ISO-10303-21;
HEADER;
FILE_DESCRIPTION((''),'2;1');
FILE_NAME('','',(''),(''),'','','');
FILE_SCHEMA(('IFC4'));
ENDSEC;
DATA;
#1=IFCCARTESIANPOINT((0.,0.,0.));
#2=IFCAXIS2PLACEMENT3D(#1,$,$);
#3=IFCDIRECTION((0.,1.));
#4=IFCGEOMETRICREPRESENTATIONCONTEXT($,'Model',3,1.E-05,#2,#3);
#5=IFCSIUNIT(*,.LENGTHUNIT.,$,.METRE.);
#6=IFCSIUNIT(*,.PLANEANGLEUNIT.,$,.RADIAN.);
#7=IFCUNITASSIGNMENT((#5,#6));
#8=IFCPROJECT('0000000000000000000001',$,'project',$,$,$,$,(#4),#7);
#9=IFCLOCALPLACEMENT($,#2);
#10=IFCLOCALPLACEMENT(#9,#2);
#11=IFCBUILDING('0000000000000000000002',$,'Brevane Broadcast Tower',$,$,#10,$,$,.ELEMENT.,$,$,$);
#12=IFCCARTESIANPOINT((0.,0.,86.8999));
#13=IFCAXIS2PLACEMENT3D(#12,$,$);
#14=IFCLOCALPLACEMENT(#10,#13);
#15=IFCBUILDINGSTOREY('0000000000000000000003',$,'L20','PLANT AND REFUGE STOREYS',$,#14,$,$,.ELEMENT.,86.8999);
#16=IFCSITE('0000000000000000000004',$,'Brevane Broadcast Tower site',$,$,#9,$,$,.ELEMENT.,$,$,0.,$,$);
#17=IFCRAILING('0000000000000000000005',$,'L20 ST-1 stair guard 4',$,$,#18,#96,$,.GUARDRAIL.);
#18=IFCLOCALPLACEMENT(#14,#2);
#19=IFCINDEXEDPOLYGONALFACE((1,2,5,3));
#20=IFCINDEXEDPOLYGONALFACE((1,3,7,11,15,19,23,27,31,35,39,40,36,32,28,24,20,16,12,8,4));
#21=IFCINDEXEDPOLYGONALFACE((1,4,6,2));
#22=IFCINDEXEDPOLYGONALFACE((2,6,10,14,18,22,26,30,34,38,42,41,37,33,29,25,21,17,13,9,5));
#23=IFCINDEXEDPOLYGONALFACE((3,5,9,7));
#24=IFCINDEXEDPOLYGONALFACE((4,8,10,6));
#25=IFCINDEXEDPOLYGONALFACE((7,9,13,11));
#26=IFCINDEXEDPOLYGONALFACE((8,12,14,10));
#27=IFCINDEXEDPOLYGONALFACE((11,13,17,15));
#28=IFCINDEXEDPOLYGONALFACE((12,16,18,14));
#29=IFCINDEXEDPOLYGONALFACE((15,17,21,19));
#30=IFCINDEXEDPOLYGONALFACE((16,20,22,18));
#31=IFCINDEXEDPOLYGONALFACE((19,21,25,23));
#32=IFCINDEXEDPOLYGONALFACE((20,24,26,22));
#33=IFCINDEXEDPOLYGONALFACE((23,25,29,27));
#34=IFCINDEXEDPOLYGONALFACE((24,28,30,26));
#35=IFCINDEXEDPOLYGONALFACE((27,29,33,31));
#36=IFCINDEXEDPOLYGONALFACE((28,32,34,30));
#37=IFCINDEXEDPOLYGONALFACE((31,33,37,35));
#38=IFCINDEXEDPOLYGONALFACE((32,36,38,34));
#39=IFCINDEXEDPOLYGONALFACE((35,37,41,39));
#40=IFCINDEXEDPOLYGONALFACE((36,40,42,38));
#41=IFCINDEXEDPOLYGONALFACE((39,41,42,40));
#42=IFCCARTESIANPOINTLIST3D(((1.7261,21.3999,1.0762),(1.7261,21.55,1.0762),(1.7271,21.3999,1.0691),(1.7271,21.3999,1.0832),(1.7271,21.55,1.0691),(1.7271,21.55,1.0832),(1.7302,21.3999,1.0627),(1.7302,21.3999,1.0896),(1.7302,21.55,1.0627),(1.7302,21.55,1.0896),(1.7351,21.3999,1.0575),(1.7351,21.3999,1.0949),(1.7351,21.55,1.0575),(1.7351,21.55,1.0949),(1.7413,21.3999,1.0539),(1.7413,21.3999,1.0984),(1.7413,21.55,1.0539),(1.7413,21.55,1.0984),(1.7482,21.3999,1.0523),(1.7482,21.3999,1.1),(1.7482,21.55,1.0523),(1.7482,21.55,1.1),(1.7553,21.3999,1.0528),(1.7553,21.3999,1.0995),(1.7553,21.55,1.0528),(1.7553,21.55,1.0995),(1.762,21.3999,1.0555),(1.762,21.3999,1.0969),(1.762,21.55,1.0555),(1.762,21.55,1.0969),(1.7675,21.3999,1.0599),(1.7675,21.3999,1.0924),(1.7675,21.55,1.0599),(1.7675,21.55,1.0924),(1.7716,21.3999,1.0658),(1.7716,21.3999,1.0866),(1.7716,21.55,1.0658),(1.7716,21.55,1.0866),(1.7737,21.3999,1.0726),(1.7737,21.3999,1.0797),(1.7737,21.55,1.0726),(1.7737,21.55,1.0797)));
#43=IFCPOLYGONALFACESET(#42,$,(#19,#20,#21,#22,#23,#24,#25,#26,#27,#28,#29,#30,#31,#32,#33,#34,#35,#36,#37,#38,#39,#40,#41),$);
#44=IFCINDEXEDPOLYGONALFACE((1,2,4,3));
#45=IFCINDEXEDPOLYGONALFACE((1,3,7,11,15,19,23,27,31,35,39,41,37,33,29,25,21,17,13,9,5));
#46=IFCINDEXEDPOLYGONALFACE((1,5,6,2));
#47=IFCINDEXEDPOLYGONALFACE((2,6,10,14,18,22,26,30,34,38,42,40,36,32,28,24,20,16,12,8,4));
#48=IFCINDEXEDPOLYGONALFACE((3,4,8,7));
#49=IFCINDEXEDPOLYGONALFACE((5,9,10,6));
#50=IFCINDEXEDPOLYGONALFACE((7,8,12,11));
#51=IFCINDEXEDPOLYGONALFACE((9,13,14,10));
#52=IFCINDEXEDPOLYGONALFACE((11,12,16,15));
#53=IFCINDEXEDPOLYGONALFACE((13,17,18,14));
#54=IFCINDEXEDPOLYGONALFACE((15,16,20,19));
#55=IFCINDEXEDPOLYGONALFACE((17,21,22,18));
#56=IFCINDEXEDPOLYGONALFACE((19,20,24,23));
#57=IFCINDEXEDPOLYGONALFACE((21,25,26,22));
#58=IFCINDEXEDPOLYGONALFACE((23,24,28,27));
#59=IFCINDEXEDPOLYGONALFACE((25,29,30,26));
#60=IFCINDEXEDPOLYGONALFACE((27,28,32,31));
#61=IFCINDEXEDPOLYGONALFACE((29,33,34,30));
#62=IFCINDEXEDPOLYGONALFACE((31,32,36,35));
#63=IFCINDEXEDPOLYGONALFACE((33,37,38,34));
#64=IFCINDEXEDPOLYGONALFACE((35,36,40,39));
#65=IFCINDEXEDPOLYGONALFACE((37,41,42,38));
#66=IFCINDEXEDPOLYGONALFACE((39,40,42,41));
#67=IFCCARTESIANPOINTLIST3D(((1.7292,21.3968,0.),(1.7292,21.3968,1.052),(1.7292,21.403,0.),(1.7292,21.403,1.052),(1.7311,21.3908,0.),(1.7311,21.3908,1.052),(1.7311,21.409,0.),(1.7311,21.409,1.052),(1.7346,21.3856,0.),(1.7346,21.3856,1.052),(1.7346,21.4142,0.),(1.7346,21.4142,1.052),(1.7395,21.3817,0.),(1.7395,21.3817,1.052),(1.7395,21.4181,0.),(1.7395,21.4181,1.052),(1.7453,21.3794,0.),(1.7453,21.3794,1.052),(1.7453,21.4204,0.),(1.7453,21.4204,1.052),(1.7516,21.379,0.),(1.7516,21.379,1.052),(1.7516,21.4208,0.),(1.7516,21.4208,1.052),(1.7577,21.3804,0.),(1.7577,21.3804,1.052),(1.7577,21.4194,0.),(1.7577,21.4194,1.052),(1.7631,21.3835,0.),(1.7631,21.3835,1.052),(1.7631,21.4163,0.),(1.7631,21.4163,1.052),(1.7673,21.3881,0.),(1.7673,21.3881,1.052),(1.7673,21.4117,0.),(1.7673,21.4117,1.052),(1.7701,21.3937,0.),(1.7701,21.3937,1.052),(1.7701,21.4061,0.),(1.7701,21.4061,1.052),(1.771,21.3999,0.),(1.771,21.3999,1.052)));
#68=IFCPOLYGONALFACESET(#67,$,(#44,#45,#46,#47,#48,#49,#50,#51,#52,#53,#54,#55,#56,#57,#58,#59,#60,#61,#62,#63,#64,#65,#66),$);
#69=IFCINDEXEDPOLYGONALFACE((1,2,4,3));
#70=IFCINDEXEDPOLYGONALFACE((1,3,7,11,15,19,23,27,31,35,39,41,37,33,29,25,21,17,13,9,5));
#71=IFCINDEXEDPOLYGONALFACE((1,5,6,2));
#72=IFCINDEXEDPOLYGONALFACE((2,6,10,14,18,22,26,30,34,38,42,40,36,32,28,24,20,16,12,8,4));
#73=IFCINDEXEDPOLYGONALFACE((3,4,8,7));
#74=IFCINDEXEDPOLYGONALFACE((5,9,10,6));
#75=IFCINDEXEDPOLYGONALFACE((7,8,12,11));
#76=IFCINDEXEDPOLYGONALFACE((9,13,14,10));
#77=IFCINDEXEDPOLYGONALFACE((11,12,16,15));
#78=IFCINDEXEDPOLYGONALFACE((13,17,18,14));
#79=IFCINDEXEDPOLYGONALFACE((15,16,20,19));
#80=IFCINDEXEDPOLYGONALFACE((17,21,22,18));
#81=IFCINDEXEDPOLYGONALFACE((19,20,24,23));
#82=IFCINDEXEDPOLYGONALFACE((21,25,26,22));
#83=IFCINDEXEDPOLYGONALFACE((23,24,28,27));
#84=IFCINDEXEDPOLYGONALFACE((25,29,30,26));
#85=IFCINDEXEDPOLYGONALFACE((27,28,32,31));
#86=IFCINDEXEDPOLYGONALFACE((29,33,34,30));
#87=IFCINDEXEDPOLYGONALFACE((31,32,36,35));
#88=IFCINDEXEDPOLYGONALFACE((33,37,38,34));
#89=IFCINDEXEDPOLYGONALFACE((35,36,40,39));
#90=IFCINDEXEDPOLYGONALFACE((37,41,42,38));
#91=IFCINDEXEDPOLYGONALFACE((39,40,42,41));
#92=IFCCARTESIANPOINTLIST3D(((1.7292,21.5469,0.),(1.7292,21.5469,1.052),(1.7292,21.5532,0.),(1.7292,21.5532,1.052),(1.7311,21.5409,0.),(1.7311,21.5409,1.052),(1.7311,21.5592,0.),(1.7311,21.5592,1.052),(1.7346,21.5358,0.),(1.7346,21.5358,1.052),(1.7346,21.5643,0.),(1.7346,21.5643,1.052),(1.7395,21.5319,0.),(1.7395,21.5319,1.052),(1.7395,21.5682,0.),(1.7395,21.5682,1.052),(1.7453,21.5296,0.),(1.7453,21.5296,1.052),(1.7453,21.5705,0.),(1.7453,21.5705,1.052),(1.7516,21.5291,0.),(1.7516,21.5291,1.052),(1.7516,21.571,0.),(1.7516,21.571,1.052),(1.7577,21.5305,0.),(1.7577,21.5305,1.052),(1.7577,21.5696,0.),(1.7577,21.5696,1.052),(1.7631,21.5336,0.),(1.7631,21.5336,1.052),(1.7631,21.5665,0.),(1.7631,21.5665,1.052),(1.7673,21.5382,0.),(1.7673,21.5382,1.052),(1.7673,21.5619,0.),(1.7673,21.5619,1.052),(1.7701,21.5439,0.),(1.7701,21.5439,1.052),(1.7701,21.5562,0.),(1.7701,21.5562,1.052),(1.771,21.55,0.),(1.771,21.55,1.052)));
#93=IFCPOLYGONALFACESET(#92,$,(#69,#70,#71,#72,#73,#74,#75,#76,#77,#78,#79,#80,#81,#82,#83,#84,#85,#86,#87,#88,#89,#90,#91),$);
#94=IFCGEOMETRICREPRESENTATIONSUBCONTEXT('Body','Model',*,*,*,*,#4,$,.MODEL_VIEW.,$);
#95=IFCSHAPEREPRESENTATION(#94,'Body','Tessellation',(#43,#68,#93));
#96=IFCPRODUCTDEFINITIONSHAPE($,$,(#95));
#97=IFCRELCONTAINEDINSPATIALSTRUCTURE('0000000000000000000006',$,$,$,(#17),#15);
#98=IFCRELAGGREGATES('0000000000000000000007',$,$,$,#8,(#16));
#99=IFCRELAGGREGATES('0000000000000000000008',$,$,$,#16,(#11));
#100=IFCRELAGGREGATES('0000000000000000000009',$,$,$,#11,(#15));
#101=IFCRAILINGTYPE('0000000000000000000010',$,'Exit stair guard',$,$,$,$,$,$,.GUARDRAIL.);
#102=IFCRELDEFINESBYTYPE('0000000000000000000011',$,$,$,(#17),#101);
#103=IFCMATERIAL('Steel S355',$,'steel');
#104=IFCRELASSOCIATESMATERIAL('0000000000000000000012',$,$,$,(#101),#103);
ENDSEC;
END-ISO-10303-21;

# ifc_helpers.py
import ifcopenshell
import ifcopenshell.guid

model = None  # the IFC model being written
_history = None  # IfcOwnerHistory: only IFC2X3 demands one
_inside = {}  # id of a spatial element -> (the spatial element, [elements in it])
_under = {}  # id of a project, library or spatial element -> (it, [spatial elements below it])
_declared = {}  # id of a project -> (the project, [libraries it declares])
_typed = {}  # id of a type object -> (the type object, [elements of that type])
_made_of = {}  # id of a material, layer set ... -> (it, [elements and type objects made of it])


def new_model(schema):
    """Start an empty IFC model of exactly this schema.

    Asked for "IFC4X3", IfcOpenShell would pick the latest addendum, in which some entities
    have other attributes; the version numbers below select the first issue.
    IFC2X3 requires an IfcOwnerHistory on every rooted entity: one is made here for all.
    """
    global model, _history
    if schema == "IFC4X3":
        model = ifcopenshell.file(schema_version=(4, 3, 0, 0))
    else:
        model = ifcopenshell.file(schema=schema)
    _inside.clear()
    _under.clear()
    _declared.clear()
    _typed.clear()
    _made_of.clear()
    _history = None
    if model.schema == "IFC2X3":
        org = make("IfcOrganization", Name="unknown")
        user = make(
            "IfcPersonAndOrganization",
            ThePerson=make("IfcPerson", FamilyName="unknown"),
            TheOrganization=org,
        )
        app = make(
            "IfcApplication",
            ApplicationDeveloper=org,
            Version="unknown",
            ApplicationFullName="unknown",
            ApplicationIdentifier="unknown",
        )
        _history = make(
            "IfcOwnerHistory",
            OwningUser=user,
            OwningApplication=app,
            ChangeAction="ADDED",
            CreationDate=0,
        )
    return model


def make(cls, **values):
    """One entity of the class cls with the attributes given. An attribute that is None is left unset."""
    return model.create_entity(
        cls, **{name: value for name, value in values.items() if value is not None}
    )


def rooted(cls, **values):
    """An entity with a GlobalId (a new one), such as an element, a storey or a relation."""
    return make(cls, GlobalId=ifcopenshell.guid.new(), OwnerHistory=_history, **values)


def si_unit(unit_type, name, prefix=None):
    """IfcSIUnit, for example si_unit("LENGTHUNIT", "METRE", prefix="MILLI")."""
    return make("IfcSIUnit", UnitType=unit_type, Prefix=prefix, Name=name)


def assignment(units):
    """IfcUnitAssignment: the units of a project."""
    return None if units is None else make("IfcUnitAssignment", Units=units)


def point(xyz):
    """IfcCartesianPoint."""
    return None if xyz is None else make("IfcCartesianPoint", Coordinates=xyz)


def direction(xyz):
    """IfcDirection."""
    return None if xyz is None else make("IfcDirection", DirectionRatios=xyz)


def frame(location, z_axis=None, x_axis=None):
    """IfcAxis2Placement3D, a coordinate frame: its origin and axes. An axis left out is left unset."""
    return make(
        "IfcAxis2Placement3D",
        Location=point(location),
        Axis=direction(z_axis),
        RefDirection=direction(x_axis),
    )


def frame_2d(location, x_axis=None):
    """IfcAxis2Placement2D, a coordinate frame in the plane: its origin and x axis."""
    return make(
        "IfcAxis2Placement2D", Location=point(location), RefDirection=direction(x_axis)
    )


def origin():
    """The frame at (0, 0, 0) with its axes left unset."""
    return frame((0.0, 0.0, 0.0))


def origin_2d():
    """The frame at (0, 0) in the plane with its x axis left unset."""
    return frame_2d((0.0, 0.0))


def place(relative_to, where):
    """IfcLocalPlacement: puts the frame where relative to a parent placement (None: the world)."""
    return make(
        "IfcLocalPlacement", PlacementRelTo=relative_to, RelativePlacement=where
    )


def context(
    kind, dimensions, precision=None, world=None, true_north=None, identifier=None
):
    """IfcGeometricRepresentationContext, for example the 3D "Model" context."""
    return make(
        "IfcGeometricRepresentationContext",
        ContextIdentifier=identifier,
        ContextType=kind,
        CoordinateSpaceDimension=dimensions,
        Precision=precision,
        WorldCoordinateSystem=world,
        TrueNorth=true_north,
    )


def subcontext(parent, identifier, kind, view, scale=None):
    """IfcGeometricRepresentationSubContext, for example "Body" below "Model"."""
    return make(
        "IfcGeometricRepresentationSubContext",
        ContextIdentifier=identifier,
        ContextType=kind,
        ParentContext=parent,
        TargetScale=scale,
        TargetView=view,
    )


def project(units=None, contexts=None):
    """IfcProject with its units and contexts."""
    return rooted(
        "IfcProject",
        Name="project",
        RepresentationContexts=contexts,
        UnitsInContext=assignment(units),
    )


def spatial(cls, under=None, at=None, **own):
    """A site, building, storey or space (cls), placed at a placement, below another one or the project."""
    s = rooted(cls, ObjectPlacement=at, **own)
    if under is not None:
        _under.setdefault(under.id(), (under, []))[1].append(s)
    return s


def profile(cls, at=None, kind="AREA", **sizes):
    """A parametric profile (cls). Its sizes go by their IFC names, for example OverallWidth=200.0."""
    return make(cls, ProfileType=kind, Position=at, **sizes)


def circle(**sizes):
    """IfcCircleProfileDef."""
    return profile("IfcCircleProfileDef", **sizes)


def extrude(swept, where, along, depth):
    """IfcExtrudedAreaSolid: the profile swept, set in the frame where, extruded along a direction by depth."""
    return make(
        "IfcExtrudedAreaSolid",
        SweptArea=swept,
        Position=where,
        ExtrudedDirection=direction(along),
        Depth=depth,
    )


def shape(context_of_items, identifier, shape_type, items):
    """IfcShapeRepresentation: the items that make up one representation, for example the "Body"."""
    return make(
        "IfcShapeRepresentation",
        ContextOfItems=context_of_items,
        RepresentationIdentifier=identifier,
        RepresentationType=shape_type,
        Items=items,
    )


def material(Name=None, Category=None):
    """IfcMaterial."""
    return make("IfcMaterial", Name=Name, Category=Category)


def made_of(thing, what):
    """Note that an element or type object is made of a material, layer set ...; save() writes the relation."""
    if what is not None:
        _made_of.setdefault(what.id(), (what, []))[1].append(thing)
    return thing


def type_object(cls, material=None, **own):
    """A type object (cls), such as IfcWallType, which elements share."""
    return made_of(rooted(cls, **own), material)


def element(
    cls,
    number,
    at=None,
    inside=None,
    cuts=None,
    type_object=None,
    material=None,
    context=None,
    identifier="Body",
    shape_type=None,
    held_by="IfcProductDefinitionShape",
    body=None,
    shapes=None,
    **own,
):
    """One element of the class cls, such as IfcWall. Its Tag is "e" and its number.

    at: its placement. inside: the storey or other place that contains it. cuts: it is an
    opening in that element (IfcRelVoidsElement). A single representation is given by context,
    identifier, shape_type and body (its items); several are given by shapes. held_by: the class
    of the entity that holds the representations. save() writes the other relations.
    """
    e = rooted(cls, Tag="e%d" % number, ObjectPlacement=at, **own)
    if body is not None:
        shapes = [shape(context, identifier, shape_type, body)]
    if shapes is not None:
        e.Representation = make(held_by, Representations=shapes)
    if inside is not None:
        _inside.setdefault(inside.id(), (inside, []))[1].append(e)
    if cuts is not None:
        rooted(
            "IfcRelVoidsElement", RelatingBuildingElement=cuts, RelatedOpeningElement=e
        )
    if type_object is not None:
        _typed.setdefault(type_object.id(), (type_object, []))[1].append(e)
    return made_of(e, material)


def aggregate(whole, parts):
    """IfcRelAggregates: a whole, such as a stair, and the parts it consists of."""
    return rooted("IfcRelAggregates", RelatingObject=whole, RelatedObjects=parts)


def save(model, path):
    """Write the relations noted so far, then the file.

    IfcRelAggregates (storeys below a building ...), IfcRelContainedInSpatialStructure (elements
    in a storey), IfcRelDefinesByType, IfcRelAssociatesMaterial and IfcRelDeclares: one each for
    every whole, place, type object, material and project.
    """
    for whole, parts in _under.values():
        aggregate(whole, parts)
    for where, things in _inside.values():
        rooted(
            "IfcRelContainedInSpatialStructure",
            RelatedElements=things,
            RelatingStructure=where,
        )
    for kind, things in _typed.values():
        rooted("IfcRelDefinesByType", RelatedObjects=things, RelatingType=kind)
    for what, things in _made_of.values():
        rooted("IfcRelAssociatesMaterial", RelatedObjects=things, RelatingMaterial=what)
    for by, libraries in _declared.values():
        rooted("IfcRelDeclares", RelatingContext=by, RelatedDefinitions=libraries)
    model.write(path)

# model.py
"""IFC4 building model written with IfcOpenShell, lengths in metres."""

from ifc_helpers import new_model, si_unit, direction, frame, origin, origin_2d, place, context, subcontext, project, spatial, circle, extrude, material, type_object, element, save


model = new_model("IFC4")

# Units and contexts
model_context = context("Model", 3, precision=1e-05, world=origin(), true_north=direction((0.0, 1.0)))
body_context = subcontext(model_context, "Body", "Model", "MODEL_VIEW")
ifc_project = project(units=[si_unit("LENGTHUNIT", "METRE"), si_unit("PLANEANGLEUNIT", "RADIAN")], contexts=[model_context])

# Site, building, storey
site_placement = place(None, origin())
site = spatial("IfcSite", under=ifc_project, at=site_placement, Name="Brevane Broadcast Tower site", CompositionType="ELEMENT", RefElevation=0.0)
building_placement = place(site_placement, origin())
building = spatial("IfcBuilding", under=site, at=building_placement, Name="Brevane Broadcast Tower", CompositionType="ELEMENT")
storey_placement = place(building_placement, frame((0.0, 0.0, 86.8999)))
storey = spatial("IfcBuildingStorey", under=building, at=storey_placement, Name="L20", Description="PLANT AND REFUGE STOREYS", CompositionType="ELEMENT", Elevation=86.8999)

# Shared definitions
ifc_material_1 = material(Name="Steel S355", Category="steel")

# Railing
railing_type_1 = type_object("IfcRailingType", Name="Exit stair guard", PredefinedType="GUARDRAIL", material=ifc_material_1)
railing_1_placement = place(storey_placement, frame((1.75, 21.3999, 0.0)))
element("IfcRailing", 1, at=railing_1_placement, inside=storey, type_object=railing_type_1, Name="L20 ST-1 stair guard 4", PredefinedType="GUARDRAIL", context=body_context, shape_type="SweptSolid", body=[
    extrude(circle(Radius=0.0239, at=origin_2d()), frame((0.0, 0.0, 1.0762), z_axis=(0.0, 1.0, 0.0), x_axis=(-1.0, 0.0, 0.0)), (0.0, 0.0, 1.0), 0.1501),
    extrude(circle(Radius=0.021, at=origin_2d()), origin(), (0.0, 0.0, 1.0), 1.052),
    extrude(circle(Radius=0.021, at=origin_2d()), frame((0.0, 0.1501, 0.0)), (0.0, 0.0, 1.0), 1.052),
])

save(model, "model.ifc")
